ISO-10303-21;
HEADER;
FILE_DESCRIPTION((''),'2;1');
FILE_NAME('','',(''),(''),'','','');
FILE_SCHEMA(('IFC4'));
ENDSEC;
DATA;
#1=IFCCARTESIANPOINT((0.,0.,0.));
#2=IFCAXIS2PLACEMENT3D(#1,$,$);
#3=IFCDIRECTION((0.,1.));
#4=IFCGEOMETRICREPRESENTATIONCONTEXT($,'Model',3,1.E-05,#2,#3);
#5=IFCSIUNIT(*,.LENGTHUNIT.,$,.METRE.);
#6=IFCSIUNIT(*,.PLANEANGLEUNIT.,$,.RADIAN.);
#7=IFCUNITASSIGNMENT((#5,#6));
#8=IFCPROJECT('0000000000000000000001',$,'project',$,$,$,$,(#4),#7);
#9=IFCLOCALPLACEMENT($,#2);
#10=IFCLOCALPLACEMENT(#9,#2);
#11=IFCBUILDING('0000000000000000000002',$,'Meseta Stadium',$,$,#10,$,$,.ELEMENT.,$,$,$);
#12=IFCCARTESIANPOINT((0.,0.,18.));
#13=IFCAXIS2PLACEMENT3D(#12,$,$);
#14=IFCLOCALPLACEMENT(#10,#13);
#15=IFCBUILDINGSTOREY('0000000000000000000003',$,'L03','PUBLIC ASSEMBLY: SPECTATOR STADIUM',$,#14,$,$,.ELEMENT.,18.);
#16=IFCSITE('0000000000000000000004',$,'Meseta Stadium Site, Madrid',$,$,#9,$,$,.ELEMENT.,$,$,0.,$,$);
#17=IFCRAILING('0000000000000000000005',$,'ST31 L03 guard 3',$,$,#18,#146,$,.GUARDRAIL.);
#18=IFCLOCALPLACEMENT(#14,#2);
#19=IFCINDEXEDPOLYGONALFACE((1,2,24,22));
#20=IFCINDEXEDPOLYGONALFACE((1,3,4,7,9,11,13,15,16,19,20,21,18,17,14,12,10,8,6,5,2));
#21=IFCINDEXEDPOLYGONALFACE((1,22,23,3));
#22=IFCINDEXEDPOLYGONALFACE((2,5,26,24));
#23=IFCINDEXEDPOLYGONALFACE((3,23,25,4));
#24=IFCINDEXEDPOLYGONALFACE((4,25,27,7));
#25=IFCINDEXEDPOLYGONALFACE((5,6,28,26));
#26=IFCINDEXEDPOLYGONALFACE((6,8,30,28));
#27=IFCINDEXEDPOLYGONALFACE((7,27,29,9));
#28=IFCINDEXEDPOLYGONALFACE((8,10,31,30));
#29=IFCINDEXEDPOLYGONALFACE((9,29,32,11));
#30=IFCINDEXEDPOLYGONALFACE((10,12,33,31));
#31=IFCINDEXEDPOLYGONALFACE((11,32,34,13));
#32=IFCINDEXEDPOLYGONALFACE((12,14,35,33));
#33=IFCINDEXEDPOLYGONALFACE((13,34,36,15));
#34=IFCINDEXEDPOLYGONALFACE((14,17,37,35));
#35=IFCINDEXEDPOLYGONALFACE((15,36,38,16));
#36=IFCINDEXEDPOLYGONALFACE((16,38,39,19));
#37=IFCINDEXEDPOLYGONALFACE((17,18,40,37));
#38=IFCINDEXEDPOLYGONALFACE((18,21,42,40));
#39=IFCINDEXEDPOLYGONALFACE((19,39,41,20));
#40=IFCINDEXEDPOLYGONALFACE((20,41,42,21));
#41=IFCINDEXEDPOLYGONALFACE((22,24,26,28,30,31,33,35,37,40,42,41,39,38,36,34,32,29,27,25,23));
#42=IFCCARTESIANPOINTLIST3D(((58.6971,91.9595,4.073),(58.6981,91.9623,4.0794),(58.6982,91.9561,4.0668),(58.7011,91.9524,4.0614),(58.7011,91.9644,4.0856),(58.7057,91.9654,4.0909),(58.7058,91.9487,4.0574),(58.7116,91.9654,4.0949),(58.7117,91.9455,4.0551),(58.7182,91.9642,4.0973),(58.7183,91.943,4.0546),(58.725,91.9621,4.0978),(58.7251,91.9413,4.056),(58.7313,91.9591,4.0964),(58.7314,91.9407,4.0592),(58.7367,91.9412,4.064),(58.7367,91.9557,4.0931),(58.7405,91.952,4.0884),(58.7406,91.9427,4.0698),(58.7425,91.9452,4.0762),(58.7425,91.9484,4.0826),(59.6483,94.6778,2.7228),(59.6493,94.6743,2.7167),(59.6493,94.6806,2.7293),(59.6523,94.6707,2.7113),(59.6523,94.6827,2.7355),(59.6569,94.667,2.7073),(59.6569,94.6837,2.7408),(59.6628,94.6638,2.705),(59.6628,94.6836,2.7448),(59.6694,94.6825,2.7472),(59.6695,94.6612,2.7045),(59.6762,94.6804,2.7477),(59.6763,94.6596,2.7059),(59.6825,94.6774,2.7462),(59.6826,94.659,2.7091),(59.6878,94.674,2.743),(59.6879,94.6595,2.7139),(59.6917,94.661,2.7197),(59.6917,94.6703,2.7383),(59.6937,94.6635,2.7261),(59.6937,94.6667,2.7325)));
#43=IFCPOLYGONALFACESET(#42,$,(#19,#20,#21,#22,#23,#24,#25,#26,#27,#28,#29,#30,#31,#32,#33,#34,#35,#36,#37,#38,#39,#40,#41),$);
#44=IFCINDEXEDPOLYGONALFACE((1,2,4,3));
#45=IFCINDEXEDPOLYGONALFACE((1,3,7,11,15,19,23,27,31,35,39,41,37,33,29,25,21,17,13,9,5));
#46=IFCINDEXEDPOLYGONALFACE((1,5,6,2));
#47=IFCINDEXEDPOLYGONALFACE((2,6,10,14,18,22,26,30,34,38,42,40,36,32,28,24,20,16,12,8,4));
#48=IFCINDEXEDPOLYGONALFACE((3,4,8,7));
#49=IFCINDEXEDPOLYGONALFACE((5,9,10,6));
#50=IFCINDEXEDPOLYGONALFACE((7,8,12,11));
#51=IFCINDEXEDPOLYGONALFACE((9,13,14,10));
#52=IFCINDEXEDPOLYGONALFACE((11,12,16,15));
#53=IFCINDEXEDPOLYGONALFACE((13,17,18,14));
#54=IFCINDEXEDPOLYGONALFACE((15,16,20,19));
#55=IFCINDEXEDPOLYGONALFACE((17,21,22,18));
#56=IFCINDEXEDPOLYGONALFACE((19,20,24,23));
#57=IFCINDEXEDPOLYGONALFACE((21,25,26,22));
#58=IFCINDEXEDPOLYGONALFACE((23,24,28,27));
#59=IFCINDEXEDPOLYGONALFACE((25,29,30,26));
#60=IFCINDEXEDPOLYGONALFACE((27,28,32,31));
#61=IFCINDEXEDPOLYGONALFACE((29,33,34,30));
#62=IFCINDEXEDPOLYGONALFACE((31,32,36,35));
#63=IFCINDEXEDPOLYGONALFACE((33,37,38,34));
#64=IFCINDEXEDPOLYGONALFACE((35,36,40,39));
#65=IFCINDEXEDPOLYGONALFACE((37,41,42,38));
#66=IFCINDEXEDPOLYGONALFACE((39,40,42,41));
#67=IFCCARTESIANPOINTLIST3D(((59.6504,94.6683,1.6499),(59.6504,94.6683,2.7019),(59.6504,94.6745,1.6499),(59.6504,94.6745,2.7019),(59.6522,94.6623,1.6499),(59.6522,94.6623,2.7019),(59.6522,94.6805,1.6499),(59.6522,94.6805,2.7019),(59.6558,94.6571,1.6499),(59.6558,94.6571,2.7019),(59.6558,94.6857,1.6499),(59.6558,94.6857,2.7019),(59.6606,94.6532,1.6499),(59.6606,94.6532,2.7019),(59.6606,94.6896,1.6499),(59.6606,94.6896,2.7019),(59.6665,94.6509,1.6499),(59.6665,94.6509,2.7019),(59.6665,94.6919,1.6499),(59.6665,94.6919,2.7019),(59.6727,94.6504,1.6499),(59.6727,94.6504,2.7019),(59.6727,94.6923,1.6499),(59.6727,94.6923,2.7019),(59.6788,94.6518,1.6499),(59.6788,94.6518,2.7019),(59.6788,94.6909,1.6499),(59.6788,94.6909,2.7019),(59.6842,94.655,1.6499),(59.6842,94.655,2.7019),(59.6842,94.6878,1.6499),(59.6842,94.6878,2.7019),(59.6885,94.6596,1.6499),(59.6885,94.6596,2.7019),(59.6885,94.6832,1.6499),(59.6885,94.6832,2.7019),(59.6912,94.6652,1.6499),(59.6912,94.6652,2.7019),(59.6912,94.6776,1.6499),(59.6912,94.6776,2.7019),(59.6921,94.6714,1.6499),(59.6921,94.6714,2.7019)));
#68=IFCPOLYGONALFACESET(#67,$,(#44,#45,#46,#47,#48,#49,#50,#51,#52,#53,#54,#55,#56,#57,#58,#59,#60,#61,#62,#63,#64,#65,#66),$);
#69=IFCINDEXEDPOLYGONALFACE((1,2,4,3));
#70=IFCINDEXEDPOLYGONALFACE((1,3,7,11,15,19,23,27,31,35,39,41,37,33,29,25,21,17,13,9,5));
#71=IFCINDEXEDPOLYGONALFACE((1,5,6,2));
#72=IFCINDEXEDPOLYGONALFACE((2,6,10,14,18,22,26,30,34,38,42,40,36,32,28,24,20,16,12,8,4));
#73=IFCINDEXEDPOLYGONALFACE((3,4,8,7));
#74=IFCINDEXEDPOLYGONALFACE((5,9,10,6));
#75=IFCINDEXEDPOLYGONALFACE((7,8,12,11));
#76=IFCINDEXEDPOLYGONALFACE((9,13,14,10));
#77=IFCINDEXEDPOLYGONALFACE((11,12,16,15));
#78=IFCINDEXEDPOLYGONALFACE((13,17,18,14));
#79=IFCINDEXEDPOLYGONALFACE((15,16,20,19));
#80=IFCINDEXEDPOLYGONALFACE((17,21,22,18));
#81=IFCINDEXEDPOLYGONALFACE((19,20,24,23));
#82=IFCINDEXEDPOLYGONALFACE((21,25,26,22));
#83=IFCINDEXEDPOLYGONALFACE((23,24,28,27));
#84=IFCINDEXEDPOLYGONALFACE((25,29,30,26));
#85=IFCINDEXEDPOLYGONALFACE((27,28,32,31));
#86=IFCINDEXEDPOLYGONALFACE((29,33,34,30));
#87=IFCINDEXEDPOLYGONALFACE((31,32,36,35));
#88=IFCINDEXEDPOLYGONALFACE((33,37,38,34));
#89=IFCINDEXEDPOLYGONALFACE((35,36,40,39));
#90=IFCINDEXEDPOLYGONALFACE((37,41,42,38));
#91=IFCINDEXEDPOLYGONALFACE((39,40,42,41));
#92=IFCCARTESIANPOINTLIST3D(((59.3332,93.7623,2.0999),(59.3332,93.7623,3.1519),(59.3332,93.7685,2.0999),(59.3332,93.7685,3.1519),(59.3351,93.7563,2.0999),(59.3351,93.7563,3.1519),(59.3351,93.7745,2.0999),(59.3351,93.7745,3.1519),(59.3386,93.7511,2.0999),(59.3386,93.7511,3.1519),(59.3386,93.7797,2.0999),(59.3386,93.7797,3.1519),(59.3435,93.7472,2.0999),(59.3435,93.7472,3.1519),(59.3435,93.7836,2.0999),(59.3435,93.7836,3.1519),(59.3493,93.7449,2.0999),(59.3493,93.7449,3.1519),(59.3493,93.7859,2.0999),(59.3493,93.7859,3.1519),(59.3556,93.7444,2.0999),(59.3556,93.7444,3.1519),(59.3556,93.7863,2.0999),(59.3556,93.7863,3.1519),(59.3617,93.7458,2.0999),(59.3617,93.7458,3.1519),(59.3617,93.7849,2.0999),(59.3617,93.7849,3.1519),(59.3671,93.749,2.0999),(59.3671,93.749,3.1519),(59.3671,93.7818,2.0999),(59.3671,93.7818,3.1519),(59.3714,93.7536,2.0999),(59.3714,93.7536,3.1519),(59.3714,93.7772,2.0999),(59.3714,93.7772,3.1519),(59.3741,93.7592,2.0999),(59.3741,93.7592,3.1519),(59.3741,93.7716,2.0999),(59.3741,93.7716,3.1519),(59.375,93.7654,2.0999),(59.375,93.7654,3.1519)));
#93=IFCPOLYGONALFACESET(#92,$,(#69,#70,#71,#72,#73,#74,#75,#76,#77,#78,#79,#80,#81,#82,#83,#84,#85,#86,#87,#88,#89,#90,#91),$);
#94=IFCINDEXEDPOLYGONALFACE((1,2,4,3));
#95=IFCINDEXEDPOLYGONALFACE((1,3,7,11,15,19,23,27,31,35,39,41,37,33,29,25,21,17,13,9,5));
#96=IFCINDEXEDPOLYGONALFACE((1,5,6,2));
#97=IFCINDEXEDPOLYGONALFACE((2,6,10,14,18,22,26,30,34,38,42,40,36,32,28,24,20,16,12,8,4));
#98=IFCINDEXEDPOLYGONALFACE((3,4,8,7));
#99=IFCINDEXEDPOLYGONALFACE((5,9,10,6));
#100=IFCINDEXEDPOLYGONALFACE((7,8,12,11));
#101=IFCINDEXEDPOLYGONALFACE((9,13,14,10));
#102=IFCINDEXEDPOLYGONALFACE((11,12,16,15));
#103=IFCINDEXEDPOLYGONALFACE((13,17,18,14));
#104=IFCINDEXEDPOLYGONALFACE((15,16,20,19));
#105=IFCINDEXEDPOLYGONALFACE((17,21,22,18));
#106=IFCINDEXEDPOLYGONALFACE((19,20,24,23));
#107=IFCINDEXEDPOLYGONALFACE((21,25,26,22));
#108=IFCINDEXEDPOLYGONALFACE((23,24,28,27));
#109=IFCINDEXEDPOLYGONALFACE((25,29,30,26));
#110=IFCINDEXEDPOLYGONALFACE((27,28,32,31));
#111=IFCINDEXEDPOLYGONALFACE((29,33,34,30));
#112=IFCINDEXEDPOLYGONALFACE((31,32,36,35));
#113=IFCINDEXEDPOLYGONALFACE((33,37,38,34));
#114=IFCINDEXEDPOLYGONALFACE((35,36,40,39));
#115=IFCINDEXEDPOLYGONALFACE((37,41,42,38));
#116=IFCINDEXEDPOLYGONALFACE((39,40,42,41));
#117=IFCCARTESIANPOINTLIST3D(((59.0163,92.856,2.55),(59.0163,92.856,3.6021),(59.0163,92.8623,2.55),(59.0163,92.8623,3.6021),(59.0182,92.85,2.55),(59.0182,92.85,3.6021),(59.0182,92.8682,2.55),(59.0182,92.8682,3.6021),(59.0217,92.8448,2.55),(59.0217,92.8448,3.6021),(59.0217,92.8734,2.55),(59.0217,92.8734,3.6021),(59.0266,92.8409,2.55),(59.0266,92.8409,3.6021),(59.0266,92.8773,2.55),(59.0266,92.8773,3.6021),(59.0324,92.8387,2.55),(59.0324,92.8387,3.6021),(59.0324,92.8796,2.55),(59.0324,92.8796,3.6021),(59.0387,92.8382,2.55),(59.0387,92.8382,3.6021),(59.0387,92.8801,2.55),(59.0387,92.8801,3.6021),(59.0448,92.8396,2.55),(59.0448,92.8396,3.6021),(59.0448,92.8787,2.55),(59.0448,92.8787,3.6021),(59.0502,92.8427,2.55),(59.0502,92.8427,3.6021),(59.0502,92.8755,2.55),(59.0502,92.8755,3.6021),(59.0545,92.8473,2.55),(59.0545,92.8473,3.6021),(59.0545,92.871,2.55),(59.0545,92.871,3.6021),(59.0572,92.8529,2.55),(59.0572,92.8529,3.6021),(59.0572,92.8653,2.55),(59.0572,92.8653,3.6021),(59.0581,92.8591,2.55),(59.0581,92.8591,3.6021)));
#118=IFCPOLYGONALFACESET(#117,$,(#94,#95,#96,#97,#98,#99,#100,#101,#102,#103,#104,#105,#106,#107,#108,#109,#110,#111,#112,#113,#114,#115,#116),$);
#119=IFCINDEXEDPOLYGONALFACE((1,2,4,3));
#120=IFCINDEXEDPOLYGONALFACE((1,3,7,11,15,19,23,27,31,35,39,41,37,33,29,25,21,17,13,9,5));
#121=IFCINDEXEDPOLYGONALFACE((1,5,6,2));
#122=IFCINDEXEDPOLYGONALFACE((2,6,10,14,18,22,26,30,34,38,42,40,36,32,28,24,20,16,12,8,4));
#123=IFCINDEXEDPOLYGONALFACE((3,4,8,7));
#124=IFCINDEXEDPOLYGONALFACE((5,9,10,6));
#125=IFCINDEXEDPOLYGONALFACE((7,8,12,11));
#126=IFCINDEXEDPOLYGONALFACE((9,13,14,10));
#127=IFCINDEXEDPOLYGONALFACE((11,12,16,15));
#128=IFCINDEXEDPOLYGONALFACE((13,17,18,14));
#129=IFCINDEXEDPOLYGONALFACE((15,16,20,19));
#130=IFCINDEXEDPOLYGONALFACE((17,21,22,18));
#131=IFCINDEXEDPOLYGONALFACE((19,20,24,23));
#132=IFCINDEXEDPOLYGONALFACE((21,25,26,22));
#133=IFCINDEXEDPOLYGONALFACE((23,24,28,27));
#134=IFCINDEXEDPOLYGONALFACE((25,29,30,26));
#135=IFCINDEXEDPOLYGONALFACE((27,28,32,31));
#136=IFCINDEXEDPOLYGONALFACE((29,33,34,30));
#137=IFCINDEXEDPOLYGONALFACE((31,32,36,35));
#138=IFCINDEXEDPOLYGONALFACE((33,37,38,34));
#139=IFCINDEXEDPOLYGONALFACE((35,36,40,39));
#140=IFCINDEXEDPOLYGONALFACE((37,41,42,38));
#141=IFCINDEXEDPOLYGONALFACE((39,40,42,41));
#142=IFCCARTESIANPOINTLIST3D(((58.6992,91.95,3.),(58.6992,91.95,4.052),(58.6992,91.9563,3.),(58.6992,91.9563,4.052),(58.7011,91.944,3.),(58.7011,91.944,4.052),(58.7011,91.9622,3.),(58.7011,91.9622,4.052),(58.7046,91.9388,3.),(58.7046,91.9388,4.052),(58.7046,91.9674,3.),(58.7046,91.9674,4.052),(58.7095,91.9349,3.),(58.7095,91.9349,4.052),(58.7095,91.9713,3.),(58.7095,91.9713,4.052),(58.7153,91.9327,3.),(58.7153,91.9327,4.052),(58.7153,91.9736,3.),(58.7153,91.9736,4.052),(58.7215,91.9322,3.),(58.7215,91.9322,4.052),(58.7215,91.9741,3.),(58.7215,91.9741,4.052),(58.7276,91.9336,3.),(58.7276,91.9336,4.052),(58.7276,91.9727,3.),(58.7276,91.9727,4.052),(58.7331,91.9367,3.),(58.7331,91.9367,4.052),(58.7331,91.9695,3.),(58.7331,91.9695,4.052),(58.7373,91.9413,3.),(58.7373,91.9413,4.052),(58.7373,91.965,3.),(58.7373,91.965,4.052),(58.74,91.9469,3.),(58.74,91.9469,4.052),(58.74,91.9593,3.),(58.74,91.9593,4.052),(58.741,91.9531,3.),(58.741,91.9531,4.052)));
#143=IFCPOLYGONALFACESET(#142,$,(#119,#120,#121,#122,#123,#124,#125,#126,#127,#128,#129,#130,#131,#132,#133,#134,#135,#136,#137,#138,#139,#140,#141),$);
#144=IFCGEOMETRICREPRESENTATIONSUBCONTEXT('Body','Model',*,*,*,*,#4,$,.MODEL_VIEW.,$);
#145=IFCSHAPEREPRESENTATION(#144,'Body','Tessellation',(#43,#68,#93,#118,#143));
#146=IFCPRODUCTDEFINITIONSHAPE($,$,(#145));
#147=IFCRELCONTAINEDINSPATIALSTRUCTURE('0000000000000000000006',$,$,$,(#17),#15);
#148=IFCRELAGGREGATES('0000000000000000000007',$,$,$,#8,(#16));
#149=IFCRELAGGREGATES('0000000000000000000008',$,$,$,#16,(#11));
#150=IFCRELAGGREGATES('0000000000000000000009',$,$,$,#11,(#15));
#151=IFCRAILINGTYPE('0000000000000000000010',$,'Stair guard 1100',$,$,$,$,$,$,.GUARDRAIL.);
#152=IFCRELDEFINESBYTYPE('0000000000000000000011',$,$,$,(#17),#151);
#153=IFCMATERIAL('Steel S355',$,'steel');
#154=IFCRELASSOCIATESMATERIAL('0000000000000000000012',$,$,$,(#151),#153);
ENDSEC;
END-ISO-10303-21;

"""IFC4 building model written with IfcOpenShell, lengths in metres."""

from ifc_helpers import new_model, si_unit, direction, frame, origin, origin_2d, place, context, subcontext, project, spatial, circle, extrude, material, type_object, element, save


model = new_model("IFC4")

# Units and contexts
model_context = context("Model", 3, precision=1e-05, world=origin(), true_north=direction((0.0, 1.0)))
body_context = subcontext(model_context, "Body", "Model", "MODEL_VIEW")
ifc_project = project(units=[si_unit("LENGTHUNIT", "METRE"), si_unit("PLANEANGLEUNIT", "RADIAN")], contexts=[model_context])

# Site, building, storey
site_placement = place(None, origin())
site = spatial("IfcSite", under=ifc_project, at=site_placement, Name="Meseta Stadium Site, Madrid", CompositionType="ELEMENT", RefElevation=0.0)
building_placement = place(site_placement, origin())
building = spatial("IfcBuilding", under=site, at=building_placement, Name="Meseta Stadium", CompositionType="ELEMENT")
storey_placement = place(building_placement, frame((0.0, 0.0, 18.0)))
storey = spatial("IfcBuildingStorey", under=building, at=storey_placement, Name="L03", Description="PUBLIC ASSEMBLY: SPECTATOR STADIUM", CompositionType="ELEMENT", Elevation=18.0)

# Railing
ifc_material_1 = material(Name="Steel S355", Category="steel")
railing_type_1 = type_object("IfcRailingType", Name="Stair guard 1100", PredefinedType="GUARDRAIL", material=ifc_material_1)
railing_1_placement = place(storey_placement, frame((59.6711, 94.6714, 1.6499)))
element("IfcRailing", 1, at=railing_1_placement, inside=storey, type_object=railing_type_1, Name="ST31 L03 guard 3", PredefinedType="GUARDRAIL", context=body_context, shape_type="SweptSolid", body=[
    extrude(circle(Radius=0.0239, at=origin_2d()), frame((0.0, 0.0, 1.0762), z_axis=(-0.299051, -0.854629, 0.424474), x_axis=(0.943882, -0.330282, 0.0)), (0.0, 0.0, 1.0), 3.1807),
    extrude(circle(Radius=0.021, at=origin_2d()), origin(), (0.0, 0.0, 1.0), 1.052),
    extrude(circle(Radius=0.021, at=origin_2d()), frame((-0.3171, -0.906, 0.45)), (0.0, 0.0, 1.0), 1.052),
    extrude(circle(Radius=0.021, at=origin_2d()), frame((-0.634, -1.8123, 0.9001)), (0.0, 0.0, 1.0), 1.052),
    extrude(circle(Radius=0.021, at=origin_2d()), frame((-0.9512, -2.7183, 1.3501)), (0.0, 0.0, 1.0), 1.052),
])

save(model, "model.ifc")
